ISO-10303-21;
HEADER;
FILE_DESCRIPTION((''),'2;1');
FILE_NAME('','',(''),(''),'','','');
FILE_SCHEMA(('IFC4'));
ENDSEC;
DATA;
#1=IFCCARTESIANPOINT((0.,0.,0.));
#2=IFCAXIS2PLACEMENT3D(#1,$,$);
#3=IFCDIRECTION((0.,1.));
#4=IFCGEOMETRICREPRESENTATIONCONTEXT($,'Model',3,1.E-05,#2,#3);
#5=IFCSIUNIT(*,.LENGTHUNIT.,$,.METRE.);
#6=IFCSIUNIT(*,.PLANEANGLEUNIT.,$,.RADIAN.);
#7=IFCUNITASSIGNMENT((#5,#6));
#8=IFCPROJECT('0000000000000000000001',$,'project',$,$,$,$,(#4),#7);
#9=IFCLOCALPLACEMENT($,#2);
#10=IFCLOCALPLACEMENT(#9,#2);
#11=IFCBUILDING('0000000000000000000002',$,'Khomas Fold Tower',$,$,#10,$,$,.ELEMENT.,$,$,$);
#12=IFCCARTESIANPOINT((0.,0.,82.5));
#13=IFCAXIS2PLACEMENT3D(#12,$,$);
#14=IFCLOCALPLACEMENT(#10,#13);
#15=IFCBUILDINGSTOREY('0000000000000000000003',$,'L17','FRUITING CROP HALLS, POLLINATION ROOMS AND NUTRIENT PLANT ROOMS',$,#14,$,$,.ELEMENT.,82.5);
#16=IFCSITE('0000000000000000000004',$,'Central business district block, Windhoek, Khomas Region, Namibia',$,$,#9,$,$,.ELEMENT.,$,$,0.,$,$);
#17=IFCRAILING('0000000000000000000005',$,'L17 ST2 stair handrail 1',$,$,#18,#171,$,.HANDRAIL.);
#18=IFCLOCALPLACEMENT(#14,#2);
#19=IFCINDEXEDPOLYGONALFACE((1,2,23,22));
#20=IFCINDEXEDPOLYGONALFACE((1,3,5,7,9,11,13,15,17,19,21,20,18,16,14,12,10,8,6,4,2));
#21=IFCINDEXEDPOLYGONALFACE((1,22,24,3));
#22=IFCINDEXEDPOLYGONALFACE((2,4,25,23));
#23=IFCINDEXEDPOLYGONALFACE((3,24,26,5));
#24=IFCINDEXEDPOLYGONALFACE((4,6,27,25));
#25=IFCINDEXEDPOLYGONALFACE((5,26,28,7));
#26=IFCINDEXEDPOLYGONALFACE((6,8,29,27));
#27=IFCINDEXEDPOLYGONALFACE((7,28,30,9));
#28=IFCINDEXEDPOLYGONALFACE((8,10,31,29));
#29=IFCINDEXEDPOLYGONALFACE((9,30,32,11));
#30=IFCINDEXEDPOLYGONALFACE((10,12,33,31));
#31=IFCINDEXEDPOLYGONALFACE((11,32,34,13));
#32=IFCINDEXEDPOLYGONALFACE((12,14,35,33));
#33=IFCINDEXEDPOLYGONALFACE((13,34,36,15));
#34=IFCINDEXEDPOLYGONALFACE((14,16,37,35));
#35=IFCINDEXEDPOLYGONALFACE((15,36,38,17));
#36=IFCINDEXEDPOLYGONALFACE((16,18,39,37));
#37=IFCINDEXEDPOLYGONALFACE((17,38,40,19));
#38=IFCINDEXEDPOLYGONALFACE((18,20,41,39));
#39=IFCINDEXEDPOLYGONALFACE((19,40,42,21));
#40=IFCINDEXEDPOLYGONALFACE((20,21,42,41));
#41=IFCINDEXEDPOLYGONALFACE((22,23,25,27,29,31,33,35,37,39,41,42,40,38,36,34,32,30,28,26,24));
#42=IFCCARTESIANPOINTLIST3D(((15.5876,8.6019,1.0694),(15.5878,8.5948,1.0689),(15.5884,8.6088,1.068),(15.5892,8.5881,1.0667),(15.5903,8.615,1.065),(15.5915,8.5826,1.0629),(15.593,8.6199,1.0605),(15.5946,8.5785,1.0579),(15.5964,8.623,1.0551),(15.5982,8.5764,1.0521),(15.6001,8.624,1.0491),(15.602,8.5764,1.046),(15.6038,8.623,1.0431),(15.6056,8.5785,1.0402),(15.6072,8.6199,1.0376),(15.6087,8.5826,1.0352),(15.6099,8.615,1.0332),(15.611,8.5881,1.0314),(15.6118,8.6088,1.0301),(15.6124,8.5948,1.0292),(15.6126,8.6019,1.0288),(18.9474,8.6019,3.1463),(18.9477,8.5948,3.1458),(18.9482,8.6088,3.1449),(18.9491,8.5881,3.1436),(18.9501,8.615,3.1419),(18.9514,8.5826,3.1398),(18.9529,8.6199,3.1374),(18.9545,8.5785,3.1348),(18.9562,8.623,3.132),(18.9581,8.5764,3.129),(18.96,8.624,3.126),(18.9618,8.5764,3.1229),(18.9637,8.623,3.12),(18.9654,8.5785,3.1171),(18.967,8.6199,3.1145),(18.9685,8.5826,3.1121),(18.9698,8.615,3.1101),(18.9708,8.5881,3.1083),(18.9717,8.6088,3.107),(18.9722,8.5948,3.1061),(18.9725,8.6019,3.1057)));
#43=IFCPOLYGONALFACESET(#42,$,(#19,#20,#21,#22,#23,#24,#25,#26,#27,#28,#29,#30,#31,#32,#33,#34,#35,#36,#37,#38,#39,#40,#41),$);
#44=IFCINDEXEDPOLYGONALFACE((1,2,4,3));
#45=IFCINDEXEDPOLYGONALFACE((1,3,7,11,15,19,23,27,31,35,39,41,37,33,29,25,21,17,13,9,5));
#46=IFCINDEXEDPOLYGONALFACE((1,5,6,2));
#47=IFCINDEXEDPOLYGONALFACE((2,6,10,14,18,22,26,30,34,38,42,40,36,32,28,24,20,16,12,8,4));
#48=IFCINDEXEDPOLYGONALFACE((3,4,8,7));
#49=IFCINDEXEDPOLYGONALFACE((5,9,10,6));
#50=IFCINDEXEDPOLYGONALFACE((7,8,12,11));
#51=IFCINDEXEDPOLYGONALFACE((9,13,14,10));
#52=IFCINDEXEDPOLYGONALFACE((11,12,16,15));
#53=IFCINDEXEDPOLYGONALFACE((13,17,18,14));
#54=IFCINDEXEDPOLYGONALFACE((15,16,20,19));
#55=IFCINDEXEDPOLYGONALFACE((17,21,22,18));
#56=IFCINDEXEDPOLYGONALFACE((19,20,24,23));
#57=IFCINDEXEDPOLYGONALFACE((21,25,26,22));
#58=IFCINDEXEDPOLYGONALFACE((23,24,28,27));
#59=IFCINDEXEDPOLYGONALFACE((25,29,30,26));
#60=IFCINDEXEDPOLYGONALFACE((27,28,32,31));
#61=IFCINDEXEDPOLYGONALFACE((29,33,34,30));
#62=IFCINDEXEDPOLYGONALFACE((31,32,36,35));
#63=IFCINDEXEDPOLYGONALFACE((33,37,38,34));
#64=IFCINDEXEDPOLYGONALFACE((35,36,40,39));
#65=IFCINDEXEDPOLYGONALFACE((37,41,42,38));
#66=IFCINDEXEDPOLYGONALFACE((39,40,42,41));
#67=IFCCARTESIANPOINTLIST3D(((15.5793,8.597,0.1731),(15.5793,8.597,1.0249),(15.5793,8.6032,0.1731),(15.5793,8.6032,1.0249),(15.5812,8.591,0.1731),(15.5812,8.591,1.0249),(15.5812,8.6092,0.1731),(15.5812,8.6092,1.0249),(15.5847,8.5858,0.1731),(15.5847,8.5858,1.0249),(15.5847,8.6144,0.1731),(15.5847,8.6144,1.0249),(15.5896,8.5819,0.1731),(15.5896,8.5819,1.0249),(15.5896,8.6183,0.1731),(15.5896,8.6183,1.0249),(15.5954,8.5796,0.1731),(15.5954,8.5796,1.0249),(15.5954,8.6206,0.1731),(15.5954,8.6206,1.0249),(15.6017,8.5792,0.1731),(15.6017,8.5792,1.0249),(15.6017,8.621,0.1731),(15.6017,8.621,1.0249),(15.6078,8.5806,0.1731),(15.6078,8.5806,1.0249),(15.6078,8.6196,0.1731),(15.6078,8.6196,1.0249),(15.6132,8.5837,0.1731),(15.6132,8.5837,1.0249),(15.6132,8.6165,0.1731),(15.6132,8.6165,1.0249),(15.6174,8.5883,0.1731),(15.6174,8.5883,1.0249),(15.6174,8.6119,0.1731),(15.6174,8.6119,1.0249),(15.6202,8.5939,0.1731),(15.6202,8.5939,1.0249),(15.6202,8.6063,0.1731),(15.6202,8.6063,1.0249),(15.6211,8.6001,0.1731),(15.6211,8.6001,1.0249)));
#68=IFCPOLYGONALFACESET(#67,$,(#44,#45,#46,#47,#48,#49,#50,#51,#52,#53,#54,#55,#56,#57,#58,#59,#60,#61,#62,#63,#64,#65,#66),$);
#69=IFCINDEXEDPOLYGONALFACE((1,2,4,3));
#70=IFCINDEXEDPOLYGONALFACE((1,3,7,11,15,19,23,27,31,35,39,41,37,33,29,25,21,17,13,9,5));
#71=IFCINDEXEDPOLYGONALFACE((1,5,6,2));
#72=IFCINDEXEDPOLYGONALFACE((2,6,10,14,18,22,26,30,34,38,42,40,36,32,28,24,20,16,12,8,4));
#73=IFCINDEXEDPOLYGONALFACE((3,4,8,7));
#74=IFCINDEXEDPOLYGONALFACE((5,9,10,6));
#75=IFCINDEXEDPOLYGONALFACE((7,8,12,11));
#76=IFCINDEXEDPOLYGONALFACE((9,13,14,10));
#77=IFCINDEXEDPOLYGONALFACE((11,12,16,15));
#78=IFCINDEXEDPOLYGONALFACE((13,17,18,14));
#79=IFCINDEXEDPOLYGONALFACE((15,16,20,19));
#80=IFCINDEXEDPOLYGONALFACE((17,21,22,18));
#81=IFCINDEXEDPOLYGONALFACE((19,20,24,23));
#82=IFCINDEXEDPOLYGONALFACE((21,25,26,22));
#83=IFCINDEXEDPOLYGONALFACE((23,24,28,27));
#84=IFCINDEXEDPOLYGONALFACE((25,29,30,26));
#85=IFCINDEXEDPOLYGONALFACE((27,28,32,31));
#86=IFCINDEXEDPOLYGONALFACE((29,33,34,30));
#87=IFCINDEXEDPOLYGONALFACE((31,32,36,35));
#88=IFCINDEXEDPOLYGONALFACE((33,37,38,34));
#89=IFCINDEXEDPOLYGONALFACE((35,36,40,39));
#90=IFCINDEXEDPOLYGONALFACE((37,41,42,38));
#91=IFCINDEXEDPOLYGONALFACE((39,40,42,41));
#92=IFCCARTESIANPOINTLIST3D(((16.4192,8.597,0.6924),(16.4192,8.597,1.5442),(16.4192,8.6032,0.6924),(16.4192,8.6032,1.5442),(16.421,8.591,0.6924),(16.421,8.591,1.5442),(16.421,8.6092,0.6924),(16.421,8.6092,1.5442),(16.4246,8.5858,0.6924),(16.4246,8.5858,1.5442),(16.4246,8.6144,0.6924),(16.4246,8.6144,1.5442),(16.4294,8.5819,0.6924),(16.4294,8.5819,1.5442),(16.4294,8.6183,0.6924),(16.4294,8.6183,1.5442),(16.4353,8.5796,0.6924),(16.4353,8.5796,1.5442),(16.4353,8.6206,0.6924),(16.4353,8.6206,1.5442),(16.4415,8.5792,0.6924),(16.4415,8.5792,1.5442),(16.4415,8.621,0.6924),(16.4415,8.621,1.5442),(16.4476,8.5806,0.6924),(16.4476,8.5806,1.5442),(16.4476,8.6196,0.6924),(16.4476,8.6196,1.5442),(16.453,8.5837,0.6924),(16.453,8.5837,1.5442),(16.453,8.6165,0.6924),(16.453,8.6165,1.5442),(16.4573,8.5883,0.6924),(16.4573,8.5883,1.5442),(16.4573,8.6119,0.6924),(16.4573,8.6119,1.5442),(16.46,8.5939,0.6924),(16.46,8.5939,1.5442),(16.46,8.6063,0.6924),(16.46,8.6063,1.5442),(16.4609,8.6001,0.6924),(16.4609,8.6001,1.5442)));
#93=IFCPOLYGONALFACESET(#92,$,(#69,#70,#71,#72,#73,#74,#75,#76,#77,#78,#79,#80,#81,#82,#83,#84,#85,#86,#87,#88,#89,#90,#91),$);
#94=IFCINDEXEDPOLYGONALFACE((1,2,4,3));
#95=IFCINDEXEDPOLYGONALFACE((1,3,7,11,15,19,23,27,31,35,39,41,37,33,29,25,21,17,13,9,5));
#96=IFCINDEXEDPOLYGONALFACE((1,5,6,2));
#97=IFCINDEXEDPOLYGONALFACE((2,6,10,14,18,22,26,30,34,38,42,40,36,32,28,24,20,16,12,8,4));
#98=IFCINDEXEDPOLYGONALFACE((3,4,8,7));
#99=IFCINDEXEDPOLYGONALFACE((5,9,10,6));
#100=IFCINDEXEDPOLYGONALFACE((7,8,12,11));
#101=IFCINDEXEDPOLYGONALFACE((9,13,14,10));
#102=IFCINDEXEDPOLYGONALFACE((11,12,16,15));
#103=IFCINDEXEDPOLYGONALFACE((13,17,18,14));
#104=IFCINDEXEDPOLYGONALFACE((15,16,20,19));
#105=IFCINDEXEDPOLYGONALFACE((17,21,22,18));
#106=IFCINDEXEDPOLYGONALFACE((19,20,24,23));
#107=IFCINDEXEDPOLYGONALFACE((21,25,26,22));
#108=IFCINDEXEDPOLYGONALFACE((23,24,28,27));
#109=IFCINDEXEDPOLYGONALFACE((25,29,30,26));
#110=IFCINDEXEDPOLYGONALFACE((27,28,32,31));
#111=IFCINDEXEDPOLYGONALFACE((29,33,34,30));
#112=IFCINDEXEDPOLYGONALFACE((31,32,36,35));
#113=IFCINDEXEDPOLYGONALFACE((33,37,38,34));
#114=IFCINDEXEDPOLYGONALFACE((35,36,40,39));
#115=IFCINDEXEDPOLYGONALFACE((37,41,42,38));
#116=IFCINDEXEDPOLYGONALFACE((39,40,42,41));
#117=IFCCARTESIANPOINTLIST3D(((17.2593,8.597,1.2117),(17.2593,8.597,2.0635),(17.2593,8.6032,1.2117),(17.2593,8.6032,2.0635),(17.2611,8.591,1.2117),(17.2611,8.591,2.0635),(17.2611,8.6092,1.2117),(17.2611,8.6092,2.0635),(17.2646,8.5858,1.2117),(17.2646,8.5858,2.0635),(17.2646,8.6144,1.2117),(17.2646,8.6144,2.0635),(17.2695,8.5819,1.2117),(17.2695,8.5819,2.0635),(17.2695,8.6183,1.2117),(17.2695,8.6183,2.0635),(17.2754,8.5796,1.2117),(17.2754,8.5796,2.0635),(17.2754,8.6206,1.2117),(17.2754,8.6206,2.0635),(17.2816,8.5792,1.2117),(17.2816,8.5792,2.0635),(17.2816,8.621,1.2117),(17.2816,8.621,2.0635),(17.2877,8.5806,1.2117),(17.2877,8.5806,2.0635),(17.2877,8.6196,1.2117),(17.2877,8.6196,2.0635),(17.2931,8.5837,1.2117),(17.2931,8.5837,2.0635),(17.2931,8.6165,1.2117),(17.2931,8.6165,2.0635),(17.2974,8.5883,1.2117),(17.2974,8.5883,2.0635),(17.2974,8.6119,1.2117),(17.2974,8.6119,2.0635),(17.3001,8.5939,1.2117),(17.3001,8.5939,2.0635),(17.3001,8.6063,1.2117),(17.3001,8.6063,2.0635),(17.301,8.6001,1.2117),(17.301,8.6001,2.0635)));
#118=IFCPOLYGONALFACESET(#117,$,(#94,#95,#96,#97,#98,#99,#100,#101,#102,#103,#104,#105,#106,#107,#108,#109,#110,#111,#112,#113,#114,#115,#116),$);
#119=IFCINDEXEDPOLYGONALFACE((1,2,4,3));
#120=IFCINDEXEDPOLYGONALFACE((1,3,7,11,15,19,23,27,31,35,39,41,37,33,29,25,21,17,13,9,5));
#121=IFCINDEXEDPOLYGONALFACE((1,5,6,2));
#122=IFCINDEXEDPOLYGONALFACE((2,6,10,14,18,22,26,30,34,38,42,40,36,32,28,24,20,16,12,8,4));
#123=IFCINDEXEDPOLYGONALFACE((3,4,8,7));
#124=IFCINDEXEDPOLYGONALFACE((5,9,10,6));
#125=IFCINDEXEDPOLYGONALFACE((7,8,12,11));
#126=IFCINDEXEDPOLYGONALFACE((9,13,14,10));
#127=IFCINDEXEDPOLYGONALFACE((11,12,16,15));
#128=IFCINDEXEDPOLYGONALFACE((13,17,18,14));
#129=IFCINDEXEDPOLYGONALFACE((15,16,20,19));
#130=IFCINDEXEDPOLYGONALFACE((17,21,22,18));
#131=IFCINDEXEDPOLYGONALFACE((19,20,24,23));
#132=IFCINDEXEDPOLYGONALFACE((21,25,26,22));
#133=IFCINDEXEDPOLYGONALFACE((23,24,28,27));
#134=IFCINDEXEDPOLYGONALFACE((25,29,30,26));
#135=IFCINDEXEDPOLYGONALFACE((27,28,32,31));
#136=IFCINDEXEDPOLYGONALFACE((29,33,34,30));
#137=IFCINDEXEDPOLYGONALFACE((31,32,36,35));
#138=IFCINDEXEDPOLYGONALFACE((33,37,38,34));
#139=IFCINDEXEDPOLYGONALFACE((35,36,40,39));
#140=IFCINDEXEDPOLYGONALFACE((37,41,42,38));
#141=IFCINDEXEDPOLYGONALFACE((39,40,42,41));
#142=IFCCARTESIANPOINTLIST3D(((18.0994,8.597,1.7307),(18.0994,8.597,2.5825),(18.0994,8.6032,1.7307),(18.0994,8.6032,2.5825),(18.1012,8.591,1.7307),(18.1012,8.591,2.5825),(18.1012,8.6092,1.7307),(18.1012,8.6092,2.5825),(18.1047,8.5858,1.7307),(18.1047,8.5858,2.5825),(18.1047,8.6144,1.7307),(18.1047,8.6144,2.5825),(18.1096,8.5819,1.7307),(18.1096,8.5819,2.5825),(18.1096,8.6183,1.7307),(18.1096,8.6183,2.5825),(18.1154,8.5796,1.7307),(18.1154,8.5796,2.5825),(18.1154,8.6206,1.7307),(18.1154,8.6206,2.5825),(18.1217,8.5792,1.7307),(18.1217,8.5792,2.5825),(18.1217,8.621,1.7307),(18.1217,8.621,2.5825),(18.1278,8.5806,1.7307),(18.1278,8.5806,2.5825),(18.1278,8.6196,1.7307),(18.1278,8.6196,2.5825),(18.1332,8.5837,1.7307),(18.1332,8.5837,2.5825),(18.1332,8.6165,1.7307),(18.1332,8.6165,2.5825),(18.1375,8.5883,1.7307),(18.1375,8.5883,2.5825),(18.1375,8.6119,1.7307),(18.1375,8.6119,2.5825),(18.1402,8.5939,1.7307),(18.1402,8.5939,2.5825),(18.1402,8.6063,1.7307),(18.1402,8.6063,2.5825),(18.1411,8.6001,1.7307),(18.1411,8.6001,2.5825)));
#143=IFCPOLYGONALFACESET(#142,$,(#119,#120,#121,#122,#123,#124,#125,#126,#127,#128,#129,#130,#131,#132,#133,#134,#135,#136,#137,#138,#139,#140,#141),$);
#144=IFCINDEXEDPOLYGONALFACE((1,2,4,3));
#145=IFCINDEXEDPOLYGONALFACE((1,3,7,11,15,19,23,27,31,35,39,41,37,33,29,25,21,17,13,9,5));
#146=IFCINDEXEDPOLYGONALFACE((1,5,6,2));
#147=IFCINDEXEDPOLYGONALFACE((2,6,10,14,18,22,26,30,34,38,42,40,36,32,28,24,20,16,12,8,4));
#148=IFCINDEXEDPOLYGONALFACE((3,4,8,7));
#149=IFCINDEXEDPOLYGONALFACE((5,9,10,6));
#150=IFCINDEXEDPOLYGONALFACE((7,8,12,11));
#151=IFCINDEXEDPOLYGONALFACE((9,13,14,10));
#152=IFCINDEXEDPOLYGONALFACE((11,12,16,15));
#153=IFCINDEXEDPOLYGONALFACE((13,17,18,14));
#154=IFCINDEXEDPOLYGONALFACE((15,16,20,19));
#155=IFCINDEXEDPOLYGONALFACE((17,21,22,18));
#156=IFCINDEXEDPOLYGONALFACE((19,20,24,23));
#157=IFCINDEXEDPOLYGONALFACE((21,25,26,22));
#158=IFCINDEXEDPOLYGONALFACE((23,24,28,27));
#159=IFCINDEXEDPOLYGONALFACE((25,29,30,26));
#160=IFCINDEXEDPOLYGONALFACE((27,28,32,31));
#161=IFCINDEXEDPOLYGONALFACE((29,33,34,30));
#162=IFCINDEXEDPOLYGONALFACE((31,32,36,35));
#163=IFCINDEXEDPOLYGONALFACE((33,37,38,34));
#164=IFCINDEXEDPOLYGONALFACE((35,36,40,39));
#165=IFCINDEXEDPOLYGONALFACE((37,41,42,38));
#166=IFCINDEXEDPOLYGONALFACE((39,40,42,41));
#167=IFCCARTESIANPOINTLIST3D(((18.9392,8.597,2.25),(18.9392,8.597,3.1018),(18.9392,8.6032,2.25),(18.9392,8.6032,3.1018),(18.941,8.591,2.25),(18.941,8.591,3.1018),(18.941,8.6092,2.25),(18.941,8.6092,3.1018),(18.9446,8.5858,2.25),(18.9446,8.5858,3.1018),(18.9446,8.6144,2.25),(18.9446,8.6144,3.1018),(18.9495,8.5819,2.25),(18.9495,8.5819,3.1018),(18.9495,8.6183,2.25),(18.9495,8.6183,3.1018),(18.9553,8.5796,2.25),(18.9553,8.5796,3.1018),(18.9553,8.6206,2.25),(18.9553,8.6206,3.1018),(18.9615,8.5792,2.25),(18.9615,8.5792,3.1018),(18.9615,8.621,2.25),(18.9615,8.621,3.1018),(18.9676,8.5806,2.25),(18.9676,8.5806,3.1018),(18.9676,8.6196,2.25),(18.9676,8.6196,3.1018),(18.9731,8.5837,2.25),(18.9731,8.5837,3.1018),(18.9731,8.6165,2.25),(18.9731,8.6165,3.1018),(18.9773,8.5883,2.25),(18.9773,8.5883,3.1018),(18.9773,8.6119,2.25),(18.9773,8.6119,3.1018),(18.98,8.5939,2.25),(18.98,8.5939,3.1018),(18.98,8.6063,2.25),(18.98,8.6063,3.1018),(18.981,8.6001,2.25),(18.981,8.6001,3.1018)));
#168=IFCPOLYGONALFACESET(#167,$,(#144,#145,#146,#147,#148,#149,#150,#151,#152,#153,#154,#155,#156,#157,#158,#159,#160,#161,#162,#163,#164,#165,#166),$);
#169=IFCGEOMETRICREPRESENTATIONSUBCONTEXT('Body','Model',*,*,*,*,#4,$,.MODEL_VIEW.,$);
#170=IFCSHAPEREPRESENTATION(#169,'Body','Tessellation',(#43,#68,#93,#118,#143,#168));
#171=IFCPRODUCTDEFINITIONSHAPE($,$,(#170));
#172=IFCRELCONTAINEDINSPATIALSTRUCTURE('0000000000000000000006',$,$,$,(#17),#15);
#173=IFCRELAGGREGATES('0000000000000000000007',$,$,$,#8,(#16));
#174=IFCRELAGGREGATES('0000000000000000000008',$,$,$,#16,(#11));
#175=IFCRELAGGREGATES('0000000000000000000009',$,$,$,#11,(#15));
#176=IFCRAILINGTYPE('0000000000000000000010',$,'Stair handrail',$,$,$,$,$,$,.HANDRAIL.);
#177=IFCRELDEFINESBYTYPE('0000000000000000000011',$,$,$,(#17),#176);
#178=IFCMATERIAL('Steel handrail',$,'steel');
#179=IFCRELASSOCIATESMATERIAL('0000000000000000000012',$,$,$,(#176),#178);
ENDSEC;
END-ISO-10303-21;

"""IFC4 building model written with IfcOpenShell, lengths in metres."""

from ifc_helpers import new_model, si_unit, direction, frame, origin, origin_2d, place, context, subcontext, project, spatial, circle, extrude, source, transform, mapped, material, type_object, element, save


model = new_model("IFC4")

# Units and contexts
model_context = context("Model", 3, precision=1e-05, world=origin(), true_north=direction((0.0, 1.0)))
body_context = subcontext(model_context, "Body", "Model", "MODEL_VIEW")
ifc_project = project(units=[si_unit("LENGTHUNIT", "METRE"), si_unit("PLANEANGLEUNIT", "RADIAN")], contexts=[model_context])

# Site, building, storey
site_placement = place(None, origin())
site = spatial("IfcSite", under=ifc_project, at=site_placement, Name="Central business district block, Windhoek, Khomas Region, Namibia", CompositionType="ELEMENT", RefElevation=0.0)
building_placement = place(site_placement, origin())
building = spatial("IfcBuilding", under=site, at=building_placement, Name="Khomas Fold Tower", CompositionType="ELEMENT")
storey_placement = place(building_placement, frame((0.0, 0.0, 82.5)))
storey = spatial("IfcBuildingStorey", under=building, at=storey_placement, Name="L17", Description="FRUITING CROP HALLS, POLLINATION ROOMS AND NUTRIENT PLANT ROOMS", CompositionType="ELEMENT", Elevation=82.5)

# Railing
ifc_material_1 = material(Name="Steel handrail", Category="steel")
railing_type_1 = type_object("IfcRailingType", Name="Stair handrail", PredefinedType="HANDRAIL", material=ifc_material_1)
shared_shape_1 = source(origin(), body_context, "Body", "SweptSolid", [
    extrude(circle(Radius=0.0239, at=origin_2d()), frame((0.0, 0.0, 0.876), z_axis=(0.850606, 0.0, 0.525803), x_axis=(0.0, 1.0, 0.0)), (0.0, 0.0, 1.0), 3.95),
    extrude(circle(Radius=0.021, at=origin_2d()), origin(), (0.0, 0.0, 1.0), 0.8518),
    extrude(circle(Radius=0.021, at=origin_2d()), frame((0.8398, 0.0, 0.5193)), (0.0, 0.0, 1.0), 0.8518),
    extrude(circle(Radius=0.021, at=origin_2d()), frame((1.6799, 0.0, 1.0386)), (0.0, 0.0, 1.0), 0.8518),
    extrude(circle(Radius=0.021, at=origin_2d()), frame((2.52, 0.0, 1.5576)), (0.0, 0.0, 1.0), 0.8518),
    extrude(circle(Radius=0.021, at=origin_2d()), frame((3.3599, 0.0, 2.0769)), (0.0, 0.0, 1.0), 0.8518),
])
railing_1_placement = place(storey_placement, frame((15.6001, 8.6001, 0.1731)))
element("IfcRailing", 1, at=railing_1_placement, inside=storey, type_object=railing_type_1, Name="L17 ST2 stair handrail 1", PredefinedType="HANDRAIL", context=body_context, shape_type="MappedRepresentation", body=[
    mapped(shared_shape_1, transform((0.0, 0.0, 0.0))),
])

save(model, "model.ifc")
